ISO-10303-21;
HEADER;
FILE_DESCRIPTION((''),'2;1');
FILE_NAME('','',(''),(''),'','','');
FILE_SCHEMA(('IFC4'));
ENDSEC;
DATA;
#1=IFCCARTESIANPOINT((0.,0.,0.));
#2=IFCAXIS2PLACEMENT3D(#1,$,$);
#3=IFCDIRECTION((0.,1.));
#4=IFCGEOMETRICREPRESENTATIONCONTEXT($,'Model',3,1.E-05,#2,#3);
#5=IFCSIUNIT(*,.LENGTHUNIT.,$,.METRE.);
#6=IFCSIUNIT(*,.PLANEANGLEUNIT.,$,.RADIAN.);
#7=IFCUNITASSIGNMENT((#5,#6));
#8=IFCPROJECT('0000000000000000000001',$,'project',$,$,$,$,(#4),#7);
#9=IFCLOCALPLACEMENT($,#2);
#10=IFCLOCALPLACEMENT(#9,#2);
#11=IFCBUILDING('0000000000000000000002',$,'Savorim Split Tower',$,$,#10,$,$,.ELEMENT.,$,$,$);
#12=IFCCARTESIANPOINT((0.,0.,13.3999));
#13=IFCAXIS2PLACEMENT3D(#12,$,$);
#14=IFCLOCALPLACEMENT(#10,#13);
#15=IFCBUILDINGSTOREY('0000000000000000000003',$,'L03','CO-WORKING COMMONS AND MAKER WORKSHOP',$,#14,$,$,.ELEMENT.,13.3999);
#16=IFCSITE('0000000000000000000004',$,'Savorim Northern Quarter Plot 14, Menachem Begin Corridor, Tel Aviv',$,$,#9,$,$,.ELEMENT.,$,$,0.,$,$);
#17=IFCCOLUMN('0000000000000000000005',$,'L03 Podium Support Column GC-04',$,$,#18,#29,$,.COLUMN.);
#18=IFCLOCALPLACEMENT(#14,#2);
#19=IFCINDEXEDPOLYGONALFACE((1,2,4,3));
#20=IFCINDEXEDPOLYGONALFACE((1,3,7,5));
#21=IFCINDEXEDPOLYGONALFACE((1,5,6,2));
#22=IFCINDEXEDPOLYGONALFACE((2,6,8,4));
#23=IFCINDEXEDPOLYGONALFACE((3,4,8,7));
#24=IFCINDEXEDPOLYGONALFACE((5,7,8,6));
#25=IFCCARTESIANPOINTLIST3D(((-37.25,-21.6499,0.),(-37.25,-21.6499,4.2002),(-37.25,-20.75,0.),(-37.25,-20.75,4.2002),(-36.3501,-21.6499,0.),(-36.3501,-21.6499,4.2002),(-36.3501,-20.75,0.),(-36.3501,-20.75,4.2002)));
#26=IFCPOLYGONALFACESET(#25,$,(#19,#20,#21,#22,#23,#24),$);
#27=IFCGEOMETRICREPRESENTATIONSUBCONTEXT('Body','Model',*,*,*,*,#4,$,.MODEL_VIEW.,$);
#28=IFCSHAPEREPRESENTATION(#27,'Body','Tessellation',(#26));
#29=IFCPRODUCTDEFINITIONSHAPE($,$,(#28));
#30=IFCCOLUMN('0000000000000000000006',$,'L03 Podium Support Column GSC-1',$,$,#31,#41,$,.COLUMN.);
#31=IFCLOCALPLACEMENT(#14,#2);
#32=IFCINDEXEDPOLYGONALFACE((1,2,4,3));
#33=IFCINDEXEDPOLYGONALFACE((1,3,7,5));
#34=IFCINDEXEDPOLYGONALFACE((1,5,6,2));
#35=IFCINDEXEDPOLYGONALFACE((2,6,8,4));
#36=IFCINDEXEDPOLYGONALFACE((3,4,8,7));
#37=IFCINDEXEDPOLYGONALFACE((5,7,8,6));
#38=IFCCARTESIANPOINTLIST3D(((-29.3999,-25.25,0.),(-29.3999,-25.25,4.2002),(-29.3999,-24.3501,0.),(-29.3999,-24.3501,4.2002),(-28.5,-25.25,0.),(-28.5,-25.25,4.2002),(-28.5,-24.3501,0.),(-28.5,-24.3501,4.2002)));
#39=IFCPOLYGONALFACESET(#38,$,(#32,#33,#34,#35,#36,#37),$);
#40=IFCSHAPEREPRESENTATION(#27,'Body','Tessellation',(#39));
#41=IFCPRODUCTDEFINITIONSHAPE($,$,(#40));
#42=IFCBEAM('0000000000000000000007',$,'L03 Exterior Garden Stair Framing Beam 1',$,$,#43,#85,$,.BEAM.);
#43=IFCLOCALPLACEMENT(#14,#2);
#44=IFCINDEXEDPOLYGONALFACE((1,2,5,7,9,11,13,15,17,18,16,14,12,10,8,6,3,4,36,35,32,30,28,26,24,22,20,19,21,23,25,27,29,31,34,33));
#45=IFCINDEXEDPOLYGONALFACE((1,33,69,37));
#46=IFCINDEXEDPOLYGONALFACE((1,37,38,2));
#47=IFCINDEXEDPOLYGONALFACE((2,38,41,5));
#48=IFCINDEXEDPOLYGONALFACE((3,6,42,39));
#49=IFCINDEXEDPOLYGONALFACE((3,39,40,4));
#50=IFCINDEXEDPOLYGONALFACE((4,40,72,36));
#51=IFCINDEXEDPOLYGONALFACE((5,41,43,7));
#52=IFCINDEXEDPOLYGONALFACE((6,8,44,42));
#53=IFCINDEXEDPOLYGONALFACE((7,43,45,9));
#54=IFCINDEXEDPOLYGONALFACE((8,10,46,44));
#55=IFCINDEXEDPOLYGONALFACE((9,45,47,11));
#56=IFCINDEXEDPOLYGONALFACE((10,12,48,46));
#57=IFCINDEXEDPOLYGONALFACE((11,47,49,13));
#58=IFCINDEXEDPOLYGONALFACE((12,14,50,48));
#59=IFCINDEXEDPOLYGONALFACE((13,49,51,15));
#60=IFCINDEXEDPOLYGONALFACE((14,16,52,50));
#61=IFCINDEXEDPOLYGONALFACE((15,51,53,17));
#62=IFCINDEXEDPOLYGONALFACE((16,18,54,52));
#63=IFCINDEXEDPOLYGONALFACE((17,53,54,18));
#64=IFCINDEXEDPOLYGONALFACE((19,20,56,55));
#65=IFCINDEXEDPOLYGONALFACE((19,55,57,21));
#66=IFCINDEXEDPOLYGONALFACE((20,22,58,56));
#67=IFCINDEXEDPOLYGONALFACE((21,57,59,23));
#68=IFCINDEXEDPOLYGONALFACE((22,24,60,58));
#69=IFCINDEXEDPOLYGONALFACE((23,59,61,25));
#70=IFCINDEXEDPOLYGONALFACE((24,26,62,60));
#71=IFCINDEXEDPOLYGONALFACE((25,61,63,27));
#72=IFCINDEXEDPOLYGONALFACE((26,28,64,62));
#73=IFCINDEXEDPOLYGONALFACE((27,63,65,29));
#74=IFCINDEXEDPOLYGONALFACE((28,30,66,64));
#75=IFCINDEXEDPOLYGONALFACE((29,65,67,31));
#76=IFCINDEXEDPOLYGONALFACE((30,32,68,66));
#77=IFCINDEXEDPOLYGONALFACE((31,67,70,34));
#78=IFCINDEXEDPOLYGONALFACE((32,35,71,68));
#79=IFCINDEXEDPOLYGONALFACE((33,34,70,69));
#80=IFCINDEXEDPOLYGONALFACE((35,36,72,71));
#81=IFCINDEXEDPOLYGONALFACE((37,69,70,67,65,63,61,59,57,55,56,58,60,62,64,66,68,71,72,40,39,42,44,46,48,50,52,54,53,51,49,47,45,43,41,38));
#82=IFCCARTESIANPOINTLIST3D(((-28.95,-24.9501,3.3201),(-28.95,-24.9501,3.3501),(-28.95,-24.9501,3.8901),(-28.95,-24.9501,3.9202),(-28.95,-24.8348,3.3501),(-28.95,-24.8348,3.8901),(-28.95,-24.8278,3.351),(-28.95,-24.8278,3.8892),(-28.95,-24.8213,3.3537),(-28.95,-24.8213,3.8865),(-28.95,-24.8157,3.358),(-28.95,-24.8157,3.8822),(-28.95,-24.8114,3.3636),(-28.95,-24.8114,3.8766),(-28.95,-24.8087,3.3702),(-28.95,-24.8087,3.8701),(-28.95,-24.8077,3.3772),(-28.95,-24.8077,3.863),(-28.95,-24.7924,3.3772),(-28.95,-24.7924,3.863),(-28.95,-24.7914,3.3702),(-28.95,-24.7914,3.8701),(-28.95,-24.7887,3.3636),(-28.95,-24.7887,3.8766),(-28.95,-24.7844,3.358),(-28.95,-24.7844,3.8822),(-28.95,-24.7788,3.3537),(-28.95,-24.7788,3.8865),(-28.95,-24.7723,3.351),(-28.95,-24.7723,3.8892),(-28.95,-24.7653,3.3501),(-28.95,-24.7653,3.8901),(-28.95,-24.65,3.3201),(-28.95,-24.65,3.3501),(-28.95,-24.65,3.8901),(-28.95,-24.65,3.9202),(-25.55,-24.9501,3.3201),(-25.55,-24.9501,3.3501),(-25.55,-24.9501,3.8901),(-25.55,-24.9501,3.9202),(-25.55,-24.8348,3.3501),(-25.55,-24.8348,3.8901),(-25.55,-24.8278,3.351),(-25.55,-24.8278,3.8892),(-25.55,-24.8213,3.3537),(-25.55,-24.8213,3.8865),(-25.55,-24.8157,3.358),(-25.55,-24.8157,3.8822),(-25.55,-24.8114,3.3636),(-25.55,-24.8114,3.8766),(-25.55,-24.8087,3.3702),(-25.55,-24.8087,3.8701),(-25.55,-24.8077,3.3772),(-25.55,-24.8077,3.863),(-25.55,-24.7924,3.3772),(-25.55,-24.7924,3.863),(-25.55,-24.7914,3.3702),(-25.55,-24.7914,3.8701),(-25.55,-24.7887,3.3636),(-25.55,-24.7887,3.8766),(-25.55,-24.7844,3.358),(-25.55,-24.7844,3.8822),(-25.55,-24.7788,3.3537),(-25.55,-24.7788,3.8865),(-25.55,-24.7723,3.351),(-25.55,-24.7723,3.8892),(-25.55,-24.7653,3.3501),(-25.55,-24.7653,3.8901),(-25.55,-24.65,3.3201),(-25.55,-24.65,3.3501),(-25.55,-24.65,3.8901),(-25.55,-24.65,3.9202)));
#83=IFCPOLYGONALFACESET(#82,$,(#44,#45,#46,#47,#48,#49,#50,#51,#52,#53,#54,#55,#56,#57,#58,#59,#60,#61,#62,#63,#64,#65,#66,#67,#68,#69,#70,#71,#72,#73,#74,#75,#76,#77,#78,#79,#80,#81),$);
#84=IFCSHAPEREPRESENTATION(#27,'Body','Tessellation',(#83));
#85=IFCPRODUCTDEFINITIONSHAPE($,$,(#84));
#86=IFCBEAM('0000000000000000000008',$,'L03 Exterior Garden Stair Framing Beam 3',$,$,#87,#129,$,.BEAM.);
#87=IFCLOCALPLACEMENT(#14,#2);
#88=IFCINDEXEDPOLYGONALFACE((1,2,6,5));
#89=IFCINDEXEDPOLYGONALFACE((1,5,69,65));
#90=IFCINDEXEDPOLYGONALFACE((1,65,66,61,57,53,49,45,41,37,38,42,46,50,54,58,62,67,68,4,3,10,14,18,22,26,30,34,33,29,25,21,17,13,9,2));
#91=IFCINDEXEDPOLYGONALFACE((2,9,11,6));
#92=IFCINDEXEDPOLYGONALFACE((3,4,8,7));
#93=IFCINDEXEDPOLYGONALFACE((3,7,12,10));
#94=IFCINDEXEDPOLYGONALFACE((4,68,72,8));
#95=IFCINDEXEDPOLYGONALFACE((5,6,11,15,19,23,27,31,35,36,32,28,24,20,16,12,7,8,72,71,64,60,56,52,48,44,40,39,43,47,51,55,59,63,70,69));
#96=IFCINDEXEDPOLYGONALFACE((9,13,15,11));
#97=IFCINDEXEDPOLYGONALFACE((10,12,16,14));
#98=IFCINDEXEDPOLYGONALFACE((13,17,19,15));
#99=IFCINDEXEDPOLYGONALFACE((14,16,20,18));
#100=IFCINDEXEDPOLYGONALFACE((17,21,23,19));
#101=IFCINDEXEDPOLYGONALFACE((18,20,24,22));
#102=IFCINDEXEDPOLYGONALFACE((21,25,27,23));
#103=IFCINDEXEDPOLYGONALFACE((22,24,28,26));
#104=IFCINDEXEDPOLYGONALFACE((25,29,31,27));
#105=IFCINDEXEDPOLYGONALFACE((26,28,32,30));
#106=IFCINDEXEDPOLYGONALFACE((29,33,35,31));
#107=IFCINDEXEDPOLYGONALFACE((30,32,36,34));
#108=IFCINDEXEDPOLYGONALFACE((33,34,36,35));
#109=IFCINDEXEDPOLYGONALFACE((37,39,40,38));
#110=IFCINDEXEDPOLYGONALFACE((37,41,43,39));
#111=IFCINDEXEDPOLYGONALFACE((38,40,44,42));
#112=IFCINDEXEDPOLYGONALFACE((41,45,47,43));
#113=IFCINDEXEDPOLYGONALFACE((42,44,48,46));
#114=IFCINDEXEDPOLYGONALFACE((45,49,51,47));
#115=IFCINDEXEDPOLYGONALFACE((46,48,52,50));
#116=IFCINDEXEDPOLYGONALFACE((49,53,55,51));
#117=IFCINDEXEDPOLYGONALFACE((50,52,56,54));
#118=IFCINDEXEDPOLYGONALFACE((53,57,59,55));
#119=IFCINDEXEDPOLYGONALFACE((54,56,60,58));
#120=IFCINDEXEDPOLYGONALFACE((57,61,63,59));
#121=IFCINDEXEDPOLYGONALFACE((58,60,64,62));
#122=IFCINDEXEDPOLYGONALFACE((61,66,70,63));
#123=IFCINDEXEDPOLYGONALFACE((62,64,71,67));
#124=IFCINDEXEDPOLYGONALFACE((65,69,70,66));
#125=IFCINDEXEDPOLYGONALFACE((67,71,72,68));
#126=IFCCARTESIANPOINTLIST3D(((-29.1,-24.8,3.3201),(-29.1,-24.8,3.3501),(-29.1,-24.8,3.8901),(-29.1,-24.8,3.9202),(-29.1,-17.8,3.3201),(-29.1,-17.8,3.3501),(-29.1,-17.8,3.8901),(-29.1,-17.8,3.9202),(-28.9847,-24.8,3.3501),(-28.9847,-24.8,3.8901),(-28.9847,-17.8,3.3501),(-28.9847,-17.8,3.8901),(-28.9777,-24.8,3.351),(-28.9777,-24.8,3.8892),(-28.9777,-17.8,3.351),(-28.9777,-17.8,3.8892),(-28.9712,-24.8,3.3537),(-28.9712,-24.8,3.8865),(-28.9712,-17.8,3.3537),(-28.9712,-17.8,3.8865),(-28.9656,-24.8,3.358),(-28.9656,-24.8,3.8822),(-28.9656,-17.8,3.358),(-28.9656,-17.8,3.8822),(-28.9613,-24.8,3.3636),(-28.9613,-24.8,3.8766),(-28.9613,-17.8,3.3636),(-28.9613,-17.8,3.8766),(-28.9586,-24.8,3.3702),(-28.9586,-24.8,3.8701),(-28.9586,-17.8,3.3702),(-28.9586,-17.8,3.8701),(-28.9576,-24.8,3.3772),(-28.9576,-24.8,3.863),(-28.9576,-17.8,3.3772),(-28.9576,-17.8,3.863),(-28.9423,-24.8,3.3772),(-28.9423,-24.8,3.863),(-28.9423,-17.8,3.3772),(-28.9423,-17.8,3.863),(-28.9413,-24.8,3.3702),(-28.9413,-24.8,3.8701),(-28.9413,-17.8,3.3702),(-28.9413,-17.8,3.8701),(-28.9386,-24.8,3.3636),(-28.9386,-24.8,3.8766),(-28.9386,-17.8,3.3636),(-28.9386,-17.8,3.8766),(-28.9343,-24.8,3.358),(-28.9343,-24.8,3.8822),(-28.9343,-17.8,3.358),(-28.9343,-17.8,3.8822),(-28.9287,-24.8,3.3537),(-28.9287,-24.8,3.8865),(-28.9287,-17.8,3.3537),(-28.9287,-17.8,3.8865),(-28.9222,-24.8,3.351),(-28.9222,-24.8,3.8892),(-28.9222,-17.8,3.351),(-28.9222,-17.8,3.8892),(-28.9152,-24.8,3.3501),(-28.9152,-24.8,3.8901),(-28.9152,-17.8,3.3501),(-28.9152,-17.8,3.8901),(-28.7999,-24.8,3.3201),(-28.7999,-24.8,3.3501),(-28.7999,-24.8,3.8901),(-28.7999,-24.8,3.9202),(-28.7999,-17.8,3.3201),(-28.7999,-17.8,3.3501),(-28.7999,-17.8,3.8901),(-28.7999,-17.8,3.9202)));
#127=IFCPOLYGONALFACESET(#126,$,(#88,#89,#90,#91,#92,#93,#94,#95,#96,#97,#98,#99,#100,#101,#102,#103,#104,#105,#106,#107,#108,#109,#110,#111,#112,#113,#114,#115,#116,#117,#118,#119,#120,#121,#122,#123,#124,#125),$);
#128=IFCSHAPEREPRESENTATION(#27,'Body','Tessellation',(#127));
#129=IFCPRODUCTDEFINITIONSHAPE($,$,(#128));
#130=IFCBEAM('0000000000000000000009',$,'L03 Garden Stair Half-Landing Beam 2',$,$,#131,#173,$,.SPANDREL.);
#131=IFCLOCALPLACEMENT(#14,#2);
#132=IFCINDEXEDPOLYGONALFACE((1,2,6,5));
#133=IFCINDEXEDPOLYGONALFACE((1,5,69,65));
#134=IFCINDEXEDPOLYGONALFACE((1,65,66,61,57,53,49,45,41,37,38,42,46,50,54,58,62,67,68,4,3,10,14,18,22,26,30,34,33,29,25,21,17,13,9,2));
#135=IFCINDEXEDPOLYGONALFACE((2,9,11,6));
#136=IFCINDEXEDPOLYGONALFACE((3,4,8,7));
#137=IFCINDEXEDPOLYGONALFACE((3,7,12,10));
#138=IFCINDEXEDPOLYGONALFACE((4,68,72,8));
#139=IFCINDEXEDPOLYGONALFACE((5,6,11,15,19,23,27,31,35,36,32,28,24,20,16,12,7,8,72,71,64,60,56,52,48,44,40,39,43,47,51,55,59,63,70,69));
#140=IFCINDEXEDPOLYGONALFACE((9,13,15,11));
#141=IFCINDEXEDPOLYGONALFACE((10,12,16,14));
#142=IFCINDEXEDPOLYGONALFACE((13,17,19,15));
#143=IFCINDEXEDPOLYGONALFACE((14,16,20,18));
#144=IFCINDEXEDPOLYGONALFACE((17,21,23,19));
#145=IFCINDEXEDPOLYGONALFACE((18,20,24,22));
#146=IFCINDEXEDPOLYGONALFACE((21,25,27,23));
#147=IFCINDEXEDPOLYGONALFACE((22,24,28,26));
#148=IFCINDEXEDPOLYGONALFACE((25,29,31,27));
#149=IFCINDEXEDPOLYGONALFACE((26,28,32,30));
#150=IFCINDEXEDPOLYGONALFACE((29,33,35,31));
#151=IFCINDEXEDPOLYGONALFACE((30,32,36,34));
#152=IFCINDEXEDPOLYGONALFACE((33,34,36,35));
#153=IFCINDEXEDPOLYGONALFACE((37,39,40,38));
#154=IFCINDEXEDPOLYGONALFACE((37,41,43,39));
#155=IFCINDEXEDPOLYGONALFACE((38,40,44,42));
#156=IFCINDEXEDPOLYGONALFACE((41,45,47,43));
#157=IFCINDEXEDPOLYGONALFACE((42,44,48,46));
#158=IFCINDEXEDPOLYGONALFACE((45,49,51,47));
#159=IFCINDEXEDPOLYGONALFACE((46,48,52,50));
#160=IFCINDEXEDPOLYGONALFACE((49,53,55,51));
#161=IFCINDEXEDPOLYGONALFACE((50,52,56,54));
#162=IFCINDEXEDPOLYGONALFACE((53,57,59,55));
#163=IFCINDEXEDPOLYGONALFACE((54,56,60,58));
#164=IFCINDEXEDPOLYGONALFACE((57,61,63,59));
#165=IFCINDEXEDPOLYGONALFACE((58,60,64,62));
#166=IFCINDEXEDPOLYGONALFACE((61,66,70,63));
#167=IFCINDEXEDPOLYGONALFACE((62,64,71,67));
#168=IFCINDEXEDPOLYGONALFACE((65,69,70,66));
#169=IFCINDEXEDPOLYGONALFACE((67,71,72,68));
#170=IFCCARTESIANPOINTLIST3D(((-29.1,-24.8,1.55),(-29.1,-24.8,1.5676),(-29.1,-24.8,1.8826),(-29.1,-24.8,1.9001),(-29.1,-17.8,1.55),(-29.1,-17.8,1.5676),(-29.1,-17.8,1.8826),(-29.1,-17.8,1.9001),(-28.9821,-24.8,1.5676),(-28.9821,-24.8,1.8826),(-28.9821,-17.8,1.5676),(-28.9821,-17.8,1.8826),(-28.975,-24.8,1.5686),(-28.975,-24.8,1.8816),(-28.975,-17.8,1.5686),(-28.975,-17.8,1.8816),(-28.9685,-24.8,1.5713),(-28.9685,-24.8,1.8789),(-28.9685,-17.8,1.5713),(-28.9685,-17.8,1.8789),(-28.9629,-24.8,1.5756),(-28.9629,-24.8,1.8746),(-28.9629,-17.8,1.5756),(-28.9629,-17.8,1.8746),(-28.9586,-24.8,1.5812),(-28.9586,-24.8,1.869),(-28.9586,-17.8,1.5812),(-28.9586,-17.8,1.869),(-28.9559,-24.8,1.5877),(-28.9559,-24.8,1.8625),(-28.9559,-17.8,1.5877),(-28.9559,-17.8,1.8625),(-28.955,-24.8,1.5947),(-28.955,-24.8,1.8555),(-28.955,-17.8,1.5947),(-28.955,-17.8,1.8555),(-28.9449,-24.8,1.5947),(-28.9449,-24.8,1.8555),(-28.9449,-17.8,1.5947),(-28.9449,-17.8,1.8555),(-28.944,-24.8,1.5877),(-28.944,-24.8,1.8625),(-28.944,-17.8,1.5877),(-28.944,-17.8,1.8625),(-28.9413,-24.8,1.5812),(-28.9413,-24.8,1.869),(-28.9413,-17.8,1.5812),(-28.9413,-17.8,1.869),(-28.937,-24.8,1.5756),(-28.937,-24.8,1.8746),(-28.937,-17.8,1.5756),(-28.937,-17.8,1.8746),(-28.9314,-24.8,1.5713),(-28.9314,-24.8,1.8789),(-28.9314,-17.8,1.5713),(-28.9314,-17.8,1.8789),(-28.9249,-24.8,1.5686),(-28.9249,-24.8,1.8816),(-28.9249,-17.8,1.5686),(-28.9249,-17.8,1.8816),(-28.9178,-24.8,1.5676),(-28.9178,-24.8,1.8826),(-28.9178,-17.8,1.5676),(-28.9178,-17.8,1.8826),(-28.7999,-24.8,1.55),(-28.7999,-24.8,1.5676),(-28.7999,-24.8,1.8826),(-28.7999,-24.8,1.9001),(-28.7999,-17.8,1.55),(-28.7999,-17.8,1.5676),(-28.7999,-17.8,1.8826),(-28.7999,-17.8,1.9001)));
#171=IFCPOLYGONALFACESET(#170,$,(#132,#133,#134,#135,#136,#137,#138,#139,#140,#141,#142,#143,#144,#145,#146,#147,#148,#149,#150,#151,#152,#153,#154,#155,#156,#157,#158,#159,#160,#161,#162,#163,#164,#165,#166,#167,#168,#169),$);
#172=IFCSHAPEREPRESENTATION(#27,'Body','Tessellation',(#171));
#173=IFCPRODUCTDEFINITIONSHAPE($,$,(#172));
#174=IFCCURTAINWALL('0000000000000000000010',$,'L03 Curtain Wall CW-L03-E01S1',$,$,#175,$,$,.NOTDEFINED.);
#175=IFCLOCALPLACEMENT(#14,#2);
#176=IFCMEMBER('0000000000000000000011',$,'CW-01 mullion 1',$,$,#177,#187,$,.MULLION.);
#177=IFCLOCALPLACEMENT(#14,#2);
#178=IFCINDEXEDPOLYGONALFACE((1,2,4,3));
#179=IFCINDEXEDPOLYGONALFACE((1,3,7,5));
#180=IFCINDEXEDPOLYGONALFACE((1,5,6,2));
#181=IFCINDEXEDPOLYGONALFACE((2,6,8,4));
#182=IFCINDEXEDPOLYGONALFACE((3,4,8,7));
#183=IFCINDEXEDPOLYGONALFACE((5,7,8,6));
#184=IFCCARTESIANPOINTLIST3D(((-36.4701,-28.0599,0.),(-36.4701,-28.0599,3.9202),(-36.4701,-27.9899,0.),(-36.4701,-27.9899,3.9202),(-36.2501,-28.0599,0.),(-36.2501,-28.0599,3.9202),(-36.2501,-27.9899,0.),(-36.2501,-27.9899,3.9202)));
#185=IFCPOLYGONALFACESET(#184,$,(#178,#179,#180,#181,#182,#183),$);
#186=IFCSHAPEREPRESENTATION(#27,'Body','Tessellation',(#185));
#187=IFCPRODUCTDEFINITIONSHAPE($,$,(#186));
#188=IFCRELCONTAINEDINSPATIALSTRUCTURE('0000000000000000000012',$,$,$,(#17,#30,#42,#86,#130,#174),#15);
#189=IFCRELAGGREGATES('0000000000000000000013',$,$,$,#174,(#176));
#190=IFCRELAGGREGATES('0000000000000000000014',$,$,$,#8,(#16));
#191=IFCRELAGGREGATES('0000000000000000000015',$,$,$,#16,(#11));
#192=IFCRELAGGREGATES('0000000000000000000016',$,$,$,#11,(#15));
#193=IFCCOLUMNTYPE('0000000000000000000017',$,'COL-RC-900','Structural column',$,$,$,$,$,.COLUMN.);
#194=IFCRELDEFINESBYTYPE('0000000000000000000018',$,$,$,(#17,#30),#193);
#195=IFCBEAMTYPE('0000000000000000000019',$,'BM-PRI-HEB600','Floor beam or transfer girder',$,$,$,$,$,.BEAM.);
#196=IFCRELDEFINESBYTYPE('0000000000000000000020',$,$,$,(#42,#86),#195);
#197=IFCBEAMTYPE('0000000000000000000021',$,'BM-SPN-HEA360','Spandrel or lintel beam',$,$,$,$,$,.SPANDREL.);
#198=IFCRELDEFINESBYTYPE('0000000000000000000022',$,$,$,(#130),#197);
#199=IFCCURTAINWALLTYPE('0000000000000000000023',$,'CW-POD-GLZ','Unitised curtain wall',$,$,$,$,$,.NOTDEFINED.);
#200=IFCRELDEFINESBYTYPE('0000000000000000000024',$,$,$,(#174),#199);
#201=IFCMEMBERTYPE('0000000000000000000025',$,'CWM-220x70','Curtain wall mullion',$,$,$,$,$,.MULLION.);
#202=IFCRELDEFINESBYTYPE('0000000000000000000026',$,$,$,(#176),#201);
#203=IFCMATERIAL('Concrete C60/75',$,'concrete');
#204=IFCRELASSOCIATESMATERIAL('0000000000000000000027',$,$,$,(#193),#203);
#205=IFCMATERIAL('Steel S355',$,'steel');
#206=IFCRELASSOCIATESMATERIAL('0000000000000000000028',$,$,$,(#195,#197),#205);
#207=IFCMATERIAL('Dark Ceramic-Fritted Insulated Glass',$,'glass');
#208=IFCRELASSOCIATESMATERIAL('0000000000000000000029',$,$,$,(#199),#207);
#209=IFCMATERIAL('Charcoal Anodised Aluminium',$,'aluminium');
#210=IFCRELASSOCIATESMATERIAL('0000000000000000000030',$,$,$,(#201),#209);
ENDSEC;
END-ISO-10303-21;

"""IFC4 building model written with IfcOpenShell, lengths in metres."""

from ifc_helpers import new_model, si_unit, direction, frame, origin, origin_2d, place, context, subcontext, project, spatial, rectangle, i_section, extrude, material, material_profile, profile_set, type_object, element, aggregate, save


model = new_model("IFC4")

# Units and contexts
model_context = context("Model", 3, precision=1e-05, world=origin(), true_north=direction((0.0, 1.0)))
body_context = subcontext(model_context, "Body", "Model", "MODEL_VIEW")
ifc_project = project(units=[si_unit("LENGTHUNIT", "METRE"), si_unit("PLANEANGLEUNIT", "RADIAN")], contexts=[model_context])

# Site, building, storey
site_placement = place(None, origin())
site = spatial("IfcSite", under=ifc_project, at=site_placement, Name="Savorim Northern Quarter Plot 14, Menachem Begin Corridor, Tel Aviv", CompositionType="ELEMENT", RefElevation=0.0)
building_placement = place(site_placement, origin())
building = spatial("IfcBuilding", under=site, at=building_placement, Name="Savorim Split Tower", CompositionType="ELEMENT")
storey_placement = place(building_placement, frame((0.0, 0.0, 13.3999)))
storey = spatial("IfcBuildingStorey", under=building, at=storey_placement, Name="L03", Description="CO-WORKING COMMONS AND MAKER WORKSHOP", CompositionType="ELEMENT", Elevation=13.3999)

# Columns
ifc_material_1 = material(Name="Concrete C60/75", Category="concrete")
ifc_material_profile_1 = material_profile(ifc_material_1, rectangle(XDim=0.8999, YDim=0.8999, at=origin_2d()), Name="RC 900x900")
ifc_profile_set_1 = profile_set([ifc_material_profile_1], Name="Concrete C60/75")
column_type = type_object("IfcColumnType", Name="COL-RC-900", Description="Structural column", PredefinedType="COLUMN", material=ifc_profile_set_1)
for number, where, z_axis, x_axis, name in (
    (1, (-36.8, -21.2, 0.0), (0.0, 0.0, 1.0), (1.0, 0.0, 0.0), "L03 Podium Support Column GC-04"),
    (2, (-28.95, -24.8, 0.0), (0.0, 0.0, 1.0), (1.0, 0.0, 0.0), "L03 Podium Support Column GSC-1"),
):
    element("IfcColumn", number, at=place(storey_placement, frame(where, z_axis=z_axis, x_axis=x_axis)), inside=storey, type_object=column_type, Name=name, PredefinedType="COLUMN", context=body_context, shape_type="SweptSolid", body=[
        extrude(rectangle(XDim=0.8999, YDim=0.8999, at=origin_2d()), origin(), (0.0, 0.0, 1.0), 4.2002),
    ])

# Beams
ifc_material_2 = material(Name="Steel S355", Category="steel")
ifc_material_profile_2 = material_profile(ifc_material_2, i_section(OverallWidth=0.3, OverallDepth=0.6001, WebThickness=0.0154, FlangeThickness=0.03, FilletRadius=0.0271, at=origin_2d()), Name="HEB 600")
ifc_profile_set_2 = profile_set([ifc_material_profile_2], Name="Steel S355")
beam_type_1 = type_object("IfcBeamType", Name="BM-PRI-HEB600", Description="Floor beam or transfer girder", PredefinedType="BEAM", material=ifc_profile_set_2)
beam_1_placement = place(storey_placement, frame((-28.95, -24.8, 3.6201), z_axis=(1.0, 0.0, 0.0), x_axis=(0.0, 1.0, 0.0)))
element("IfcBeam", 3, at=beam_1_placement, inside=storey, type_object=beam_type_1, Name="L03 Exterior Garden Stair Framing Beam 1", PredefinedType="BEAM", context=body_context, shape_type="SweptSolid", body=[
    extrude(i_section(OverallWidth=0.3, OverallDepth=0.6001, WebThickness=0.0154, FlangeThickness=0.03, FilletRadius=0.0271, at=origin_2d()), origin(), (0.0, 0.0, 1.0), 3.3999),
])
beam_2_placement = place(storey_placement, frame((-28.95, -24.8, 3.6201), z_axis=(0.0, 1.0, 0.0), x_axis=(-1.0, 0.0, 0.0)))
element("IfcBeam", 4, at=beam_2_placement, inside=storey, type_object=beam_type_1, Name="L03 Exterior Garden Stair Framing Beam 3", PredefinedType="BEAM", context=body_context, shape_type="SweptSolid", body=[
    extrude(i_section(OverallWidth=0.3, OverallDepth=0.6001, WebThickness=0.0154, FlangeThickness=0.03, FilletRadius=0.0271, at=origin_2d()), origin(), (0.0, 0.0, 1.0), 7.0),
])
ifc_material_profile_3 = material_profile(ifc_material_2, i_section(OverallWidth=0.3, OverallDepth=0.3501, WebThickness=0.01, FlangeThickness=0.0176, FilletRadius=0.0271, at=origin_2d()), Name="HEA 360")
ifc_profile_set_3 = profile_set([ifc_material_profile_3], Name="Steel S355")
beam_type_2 = type_object("IfcBeamType", Name="BM-SPN-HEA360", Description="Spandrel or lintel beam", PredefinedType="SPANDREL", material=ifc_profile_set_3)
beam_3_placement = place(storey_placement, frame((-28.95, -24.8, 1.7251), z_axis=(0.0, 1.0, 0.0), x_axis=(-1.0, 0.0, 0.0)))
element("IfcBeam", 5, at=beam_3_placement, inside=storey, type_object=beam_type_2, Name="L03 Garden Stair Half-Landing Beam 2", PredefinedType="SPANDREL", context=body_context, shape_type="SweptSolid", body=[
    extrude(i_section(OverallWidth=0.3, OverallDepth=0.3501, WebThickness=0.01, FlangeThickness=0.0176, FilletRadius=0.0271, at=origin_2d()), origin(), (0.0, 0.0, 1.0), 7.0),
])

# Curtain wall, member
ifc_material_3 = material(Name="Dark Ceramic-Fritted Insulated Glass", Category="glass")
curtain_wall_type = type_object("IfcCurtainWallType", Name="CW-POD-GLZ", Description="Unitised curtain wall", PredefinedType="NOTDEFINED", material=ifc_material_3)
curtain_wall_1_placement = place(storey_placement, origin())
curtain_wall_1 = element("IfcCurtainWall", 6, at=curtain_wall_1_placement, inside=storey, type_object=curtain_wall_type, Name="L03 Curtain Wall CW-L03-E01S1", PredefinedType="NOTDEFINED")
ifc_material_4 = material(Name="Charcoal Anodised Aluminium", Category="aluminium")
ifc_material_profile_4 = material_profile(ifc_material_4, rectangle(XDim=0.22, YDim=0.0701, at=origin_2d()), Name="ALU-M 220x70")
ifc_profile_set_4 = profile_set([ifc_material_profile_4], Name="Charcoal Anodised Aluminium")
member_type_1 = type_object("IfcMemberType", Name="CWM-220x70", Description="Curtain wall mullion", PredefinedType="MULLION", material=ifc_profile_set_4)
member_1_placement = place(storey_placement, frame((-36.3601, -28.0249, 0.0), z_axis=(0.0, 0.0, 1.0), x_axis=(-1.0, 0.0, 0.0)))
member_1 = element("IfcMember", 7, at=member_1_placement, type_object=member_type_1, Name="CW-01 mullion 1", PredefinedType="MULLION", context=body_context, shape_type="SweptSolid", body=[
    extrude(rectangle(XDim=0.22, YDim=0.0701, at=origin_2d()), origin(), (0.0, 0.0, 1.0), 3.9202),
])

aggregate(curtain_wall_1, [member_1])

save(model, "model.ifc")
